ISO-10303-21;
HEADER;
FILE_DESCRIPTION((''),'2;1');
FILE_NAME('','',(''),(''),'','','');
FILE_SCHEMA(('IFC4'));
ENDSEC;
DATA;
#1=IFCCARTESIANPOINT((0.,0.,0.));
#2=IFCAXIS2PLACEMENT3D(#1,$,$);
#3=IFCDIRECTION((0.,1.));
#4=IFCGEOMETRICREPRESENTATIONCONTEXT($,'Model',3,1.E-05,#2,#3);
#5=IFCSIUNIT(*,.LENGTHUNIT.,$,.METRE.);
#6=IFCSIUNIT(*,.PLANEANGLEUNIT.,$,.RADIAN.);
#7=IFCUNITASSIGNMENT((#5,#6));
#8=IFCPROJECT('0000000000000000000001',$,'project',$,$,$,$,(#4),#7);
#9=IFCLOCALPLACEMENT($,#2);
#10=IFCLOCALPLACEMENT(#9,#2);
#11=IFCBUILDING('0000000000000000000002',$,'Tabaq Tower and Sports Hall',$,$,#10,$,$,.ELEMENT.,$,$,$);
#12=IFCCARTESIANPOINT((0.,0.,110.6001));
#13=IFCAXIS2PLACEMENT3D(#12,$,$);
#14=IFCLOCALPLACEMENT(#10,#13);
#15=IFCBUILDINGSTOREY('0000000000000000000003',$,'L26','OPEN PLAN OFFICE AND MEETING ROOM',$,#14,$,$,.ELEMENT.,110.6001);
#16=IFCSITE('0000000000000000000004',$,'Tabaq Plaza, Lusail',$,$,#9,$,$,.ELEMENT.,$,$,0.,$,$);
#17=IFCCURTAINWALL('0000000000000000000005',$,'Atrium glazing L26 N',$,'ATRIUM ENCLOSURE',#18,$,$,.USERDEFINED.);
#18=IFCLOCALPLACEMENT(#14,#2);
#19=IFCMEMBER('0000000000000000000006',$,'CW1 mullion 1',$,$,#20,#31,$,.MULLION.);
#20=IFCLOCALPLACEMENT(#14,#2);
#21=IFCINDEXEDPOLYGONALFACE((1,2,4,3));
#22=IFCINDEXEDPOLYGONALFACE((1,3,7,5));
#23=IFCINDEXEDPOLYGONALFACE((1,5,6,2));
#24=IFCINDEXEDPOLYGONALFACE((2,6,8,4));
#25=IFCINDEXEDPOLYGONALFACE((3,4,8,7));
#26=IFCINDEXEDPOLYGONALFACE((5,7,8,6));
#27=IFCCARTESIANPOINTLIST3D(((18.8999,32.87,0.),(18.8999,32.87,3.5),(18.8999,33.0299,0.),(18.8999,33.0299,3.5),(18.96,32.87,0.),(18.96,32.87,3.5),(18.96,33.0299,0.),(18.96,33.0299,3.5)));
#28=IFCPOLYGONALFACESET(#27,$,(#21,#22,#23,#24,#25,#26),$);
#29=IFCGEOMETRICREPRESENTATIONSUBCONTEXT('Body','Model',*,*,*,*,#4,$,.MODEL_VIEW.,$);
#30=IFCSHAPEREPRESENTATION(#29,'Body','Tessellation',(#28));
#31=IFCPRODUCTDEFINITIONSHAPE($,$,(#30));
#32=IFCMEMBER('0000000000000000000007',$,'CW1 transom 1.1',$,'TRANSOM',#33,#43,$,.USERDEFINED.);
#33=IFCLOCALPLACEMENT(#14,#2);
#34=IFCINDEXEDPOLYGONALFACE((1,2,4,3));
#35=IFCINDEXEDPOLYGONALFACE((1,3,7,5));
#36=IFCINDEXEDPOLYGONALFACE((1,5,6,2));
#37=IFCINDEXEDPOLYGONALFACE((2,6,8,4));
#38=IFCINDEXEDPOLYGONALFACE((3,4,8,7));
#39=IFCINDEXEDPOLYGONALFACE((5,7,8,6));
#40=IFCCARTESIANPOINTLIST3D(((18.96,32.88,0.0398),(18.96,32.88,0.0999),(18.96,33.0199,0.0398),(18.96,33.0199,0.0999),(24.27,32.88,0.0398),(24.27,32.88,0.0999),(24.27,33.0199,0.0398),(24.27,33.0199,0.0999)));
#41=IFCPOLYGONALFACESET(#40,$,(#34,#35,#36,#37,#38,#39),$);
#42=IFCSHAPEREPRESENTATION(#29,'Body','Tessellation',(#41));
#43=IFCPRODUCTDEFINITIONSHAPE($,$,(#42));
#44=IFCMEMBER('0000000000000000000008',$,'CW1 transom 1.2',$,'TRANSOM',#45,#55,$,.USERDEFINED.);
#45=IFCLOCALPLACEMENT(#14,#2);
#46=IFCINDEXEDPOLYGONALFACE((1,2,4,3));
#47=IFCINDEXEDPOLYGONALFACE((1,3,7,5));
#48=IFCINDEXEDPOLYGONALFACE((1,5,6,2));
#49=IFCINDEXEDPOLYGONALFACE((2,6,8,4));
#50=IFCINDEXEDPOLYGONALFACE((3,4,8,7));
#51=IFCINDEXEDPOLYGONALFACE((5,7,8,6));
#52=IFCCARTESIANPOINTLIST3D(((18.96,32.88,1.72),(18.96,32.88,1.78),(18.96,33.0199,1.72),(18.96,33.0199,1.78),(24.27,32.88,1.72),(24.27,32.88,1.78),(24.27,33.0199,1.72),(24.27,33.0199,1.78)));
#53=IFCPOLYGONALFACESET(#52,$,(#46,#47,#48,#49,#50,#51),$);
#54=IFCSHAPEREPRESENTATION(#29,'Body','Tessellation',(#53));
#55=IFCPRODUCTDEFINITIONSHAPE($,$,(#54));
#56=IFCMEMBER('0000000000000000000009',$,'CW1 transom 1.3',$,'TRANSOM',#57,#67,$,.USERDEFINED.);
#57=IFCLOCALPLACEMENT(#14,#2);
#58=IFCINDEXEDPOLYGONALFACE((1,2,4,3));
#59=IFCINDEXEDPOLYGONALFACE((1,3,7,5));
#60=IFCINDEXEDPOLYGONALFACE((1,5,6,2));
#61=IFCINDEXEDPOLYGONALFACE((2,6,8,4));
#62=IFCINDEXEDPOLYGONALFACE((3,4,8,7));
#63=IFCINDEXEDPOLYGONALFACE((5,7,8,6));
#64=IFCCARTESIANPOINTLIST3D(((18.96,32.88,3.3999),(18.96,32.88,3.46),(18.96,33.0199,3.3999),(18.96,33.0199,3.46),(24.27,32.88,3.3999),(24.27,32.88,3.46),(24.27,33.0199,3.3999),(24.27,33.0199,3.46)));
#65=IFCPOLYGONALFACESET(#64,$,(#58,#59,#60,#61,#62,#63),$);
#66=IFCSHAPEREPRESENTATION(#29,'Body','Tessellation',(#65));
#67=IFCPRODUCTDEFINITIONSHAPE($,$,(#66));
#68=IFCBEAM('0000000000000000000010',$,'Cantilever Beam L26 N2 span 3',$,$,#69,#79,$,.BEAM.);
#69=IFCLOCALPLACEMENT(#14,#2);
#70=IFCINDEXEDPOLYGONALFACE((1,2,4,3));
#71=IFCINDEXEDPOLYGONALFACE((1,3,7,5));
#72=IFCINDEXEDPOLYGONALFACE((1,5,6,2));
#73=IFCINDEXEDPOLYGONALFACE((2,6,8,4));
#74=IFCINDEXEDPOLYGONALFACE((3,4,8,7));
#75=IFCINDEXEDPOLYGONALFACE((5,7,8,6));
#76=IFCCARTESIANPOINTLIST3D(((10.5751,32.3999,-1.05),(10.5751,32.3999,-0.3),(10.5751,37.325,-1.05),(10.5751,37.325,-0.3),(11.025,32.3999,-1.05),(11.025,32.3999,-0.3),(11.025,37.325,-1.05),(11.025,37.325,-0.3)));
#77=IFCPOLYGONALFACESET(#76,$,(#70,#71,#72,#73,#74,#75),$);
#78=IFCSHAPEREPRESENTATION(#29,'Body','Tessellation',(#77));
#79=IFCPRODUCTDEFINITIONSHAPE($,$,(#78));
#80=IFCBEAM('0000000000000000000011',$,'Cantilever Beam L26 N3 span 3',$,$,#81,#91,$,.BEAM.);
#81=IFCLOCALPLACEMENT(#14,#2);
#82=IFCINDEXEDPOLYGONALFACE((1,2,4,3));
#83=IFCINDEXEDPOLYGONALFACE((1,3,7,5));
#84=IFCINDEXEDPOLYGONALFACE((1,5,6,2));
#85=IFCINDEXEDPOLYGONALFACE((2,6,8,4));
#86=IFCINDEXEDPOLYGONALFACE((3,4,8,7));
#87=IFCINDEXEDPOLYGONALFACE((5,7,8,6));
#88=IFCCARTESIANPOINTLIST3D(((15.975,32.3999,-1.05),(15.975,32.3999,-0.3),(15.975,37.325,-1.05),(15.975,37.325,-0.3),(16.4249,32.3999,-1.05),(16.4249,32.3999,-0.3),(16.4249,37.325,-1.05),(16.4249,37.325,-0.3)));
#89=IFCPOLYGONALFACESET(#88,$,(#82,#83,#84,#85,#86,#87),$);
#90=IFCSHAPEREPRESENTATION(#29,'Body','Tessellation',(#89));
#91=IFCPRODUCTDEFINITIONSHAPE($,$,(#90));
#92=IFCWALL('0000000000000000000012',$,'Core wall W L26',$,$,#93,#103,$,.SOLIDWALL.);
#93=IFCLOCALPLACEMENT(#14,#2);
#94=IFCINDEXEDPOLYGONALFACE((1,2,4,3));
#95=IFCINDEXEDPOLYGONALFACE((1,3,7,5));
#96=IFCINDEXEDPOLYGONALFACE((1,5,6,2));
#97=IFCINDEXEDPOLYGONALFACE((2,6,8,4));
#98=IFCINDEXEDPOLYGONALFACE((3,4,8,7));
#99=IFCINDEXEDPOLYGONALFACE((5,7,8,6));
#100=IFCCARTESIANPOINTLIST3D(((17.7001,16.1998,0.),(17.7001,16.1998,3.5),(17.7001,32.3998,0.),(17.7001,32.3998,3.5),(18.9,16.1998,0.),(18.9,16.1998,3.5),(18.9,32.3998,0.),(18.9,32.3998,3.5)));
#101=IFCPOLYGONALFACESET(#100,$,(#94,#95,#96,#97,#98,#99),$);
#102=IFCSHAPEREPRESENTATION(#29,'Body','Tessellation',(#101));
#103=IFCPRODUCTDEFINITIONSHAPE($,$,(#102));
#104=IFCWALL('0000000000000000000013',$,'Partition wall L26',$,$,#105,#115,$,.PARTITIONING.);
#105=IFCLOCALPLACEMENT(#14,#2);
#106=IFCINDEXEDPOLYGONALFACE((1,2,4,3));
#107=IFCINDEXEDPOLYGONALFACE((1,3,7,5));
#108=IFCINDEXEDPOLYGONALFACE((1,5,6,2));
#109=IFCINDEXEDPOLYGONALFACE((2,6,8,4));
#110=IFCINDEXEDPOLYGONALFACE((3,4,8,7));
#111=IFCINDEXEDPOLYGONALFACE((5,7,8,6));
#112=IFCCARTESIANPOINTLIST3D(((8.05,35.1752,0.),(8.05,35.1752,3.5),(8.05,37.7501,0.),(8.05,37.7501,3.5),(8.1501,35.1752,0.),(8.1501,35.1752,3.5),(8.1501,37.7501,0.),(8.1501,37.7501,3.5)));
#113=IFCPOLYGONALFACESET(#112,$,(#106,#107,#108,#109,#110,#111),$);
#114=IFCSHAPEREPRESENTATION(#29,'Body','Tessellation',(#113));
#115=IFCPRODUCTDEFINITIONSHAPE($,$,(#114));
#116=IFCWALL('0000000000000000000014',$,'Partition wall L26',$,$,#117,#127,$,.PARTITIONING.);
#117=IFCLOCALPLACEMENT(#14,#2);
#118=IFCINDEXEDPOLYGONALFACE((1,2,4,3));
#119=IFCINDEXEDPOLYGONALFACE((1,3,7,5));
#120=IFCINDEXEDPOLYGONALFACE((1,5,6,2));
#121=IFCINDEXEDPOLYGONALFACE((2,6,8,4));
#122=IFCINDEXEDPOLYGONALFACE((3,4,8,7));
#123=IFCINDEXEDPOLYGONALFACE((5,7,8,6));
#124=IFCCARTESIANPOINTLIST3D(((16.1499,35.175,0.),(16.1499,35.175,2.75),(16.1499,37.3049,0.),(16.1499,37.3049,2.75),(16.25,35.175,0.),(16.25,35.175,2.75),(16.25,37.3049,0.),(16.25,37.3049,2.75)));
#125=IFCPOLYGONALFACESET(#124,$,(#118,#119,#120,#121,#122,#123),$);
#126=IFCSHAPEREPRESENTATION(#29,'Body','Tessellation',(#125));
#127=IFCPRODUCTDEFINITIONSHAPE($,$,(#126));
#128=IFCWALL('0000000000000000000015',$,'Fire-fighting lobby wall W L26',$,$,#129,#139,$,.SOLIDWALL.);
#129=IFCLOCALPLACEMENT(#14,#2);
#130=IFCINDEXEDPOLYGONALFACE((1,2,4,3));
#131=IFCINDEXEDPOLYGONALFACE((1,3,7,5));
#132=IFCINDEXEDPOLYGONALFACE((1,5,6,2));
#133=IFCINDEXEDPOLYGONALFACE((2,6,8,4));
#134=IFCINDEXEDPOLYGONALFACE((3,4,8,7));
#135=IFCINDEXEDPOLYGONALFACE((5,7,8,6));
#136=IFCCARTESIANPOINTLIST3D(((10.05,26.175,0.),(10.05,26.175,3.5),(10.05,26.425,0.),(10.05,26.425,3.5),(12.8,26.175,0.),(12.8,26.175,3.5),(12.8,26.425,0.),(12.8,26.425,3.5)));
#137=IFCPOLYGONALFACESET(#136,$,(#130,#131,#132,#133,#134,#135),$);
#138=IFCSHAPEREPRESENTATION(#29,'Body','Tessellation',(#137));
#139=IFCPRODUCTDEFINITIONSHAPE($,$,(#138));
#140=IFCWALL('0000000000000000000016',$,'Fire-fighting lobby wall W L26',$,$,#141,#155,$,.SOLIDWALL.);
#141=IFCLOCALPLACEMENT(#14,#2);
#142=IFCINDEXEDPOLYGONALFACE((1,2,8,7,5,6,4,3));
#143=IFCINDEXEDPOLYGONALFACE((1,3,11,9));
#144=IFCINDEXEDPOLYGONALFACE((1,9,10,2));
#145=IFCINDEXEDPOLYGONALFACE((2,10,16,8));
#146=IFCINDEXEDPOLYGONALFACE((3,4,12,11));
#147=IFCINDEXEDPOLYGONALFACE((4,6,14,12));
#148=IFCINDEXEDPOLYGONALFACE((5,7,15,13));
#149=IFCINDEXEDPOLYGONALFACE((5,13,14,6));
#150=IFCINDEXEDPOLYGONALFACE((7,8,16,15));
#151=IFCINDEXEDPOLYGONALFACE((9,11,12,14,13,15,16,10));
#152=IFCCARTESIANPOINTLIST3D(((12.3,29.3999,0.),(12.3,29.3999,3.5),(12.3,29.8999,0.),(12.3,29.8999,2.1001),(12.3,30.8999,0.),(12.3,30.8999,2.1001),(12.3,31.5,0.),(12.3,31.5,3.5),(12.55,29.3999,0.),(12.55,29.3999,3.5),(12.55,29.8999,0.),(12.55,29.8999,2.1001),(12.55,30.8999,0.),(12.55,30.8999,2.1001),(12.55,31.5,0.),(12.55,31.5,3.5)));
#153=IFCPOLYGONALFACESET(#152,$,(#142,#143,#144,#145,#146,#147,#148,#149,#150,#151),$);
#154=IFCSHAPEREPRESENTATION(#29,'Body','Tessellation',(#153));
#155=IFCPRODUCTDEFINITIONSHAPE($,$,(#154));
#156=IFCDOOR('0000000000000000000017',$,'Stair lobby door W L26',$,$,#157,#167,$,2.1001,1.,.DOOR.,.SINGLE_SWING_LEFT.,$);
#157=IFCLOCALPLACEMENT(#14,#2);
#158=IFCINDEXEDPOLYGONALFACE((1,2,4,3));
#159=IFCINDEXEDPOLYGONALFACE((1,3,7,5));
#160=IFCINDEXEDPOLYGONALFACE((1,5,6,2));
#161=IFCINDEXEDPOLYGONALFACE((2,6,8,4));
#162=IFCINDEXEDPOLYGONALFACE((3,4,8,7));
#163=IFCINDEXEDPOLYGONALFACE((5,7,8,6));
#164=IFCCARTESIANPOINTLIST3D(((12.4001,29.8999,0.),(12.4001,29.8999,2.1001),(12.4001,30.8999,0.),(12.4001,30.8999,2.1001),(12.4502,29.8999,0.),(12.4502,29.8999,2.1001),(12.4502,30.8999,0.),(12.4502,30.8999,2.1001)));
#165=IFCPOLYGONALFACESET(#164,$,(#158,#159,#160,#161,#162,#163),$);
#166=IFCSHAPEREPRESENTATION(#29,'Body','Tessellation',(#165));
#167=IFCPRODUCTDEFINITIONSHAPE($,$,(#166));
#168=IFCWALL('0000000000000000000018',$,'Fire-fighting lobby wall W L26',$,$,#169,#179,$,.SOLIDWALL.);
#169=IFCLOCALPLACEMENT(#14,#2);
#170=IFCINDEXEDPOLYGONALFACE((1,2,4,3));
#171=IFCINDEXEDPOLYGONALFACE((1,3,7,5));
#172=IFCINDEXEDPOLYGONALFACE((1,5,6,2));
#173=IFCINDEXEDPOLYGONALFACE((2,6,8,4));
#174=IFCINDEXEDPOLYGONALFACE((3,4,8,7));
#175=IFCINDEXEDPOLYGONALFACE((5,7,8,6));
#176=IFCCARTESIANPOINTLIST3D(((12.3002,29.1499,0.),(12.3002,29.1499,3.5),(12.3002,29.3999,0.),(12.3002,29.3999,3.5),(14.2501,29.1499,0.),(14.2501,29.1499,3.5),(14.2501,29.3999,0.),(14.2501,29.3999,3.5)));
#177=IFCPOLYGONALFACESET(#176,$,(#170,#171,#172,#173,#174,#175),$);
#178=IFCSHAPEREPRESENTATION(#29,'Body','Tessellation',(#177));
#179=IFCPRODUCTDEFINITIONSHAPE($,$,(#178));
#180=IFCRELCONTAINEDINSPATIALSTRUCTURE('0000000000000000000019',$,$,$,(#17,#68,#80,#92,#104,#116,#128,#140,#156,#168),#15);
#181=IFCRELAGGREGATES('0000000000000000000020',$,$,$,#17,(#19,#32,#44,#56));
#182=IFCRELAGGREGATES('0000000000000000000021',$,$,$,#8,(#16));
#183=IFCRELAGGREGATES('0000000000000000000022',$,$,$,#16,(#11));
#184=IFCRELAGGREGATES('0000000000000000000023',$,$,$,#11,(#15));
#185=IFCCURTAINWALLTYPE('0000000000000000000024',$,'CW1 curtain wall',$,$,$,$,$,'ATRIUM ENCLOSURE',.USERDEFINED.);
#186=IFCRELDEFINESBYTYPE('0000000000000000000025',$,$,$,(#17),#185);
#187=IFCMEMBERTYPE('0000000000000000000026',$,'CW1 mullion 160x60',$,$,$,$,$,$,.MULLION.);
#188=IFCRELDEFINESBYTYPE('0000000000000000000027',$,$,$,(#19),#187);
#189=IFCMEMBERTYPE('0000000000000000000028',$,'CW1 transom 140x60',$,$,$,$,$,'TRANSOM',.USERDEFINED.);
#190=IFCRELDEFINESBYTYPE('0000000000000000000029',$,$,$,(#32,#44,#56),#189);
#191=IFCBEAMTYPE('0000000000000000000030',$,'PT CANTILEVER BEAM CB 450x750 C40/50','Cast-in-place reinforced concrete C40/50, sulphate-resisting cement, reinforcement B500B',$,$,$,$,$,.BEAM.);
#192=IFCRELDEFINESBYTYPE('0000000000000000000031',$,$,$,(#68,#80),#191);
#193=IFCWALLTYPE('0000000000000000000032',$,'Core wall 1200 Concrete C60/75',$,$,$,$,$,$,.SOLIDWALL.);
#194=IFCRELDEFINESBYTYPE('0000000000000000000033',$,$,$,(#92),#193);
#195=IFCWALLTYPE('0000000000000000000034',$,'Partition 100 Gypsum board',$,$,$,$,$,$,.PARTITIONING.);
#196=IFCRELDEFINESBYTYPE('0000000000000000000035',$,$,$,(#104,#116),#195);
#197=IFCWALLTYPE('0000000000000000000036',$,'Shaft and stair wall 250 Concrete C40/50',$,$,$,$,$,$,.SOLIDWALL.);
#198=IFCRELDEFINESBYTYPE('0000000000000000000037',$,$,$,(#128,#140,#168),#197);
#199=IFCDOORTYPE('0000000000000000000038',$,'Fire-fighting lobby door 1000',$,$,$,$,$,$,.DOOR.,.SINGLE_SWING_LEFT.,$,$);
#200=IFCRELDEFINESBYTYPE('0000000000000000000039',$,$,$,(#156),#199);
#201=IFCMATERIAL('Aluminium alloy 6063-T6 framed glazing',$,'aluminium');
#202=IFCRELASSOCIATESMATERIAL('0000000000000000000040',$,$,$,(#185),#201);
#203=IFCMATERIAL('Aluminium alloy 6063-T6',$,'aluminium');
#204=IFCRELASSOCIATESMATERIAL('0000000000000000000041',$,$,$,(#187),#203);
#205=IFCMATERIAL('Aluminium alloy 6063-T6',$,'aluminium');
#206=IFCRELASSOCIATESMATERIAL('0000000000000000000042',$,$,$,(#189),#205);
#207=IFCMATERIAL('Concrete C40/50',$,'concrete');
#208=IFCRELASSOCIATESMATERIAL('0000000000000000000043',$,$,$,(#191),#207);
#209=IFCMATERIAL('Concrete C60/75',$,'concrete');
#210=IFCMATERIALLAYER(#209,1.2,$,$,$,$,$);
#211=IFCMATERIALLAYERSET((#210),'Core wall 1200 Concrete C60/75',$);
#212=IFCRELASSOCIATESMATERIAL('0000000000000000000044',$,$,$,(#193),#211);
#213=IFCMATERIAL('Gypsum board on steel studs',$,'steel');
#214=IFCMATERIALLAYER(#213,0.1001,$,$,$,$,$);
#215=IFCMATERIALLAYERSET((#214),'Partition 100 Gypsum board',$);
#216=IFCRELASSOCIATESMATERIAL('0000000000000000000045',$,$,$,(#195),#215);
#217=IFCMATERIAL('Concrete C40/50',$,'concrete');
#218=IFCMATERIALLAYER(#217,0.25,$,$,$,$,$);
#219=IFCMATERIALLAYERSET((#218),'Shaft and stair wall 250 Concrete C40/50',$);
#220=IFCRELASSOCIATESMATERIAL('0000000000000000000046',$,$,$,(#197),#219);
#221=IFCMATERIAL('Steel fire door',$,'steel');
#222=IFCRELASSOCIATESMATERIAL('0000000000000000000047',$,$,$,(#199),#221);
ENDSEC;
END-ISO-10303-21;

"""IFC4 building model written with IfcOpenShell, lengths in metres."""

from ifc_helpers import new_model, si_unit, direction, frame, frame_2d, origin, origin_2d, place, context, subcontext, project, spatial, rectangle, extrude, material, layer, layer_set, material_profile, profile_set, type_object, element, fill, aggregate, save


model = new_model("IFC4")

# Units and contexts
model_context = context("Model", 3, precision=1e-05, world=origin(), true_north=direction((0.0, 1.0)))
body_context = subcontext(model_context, "Body", "Model", "MODEL_VIEW")
ifc_project = project(units=[si_unit("LENGTHUNIT", "METRE"), si_unit("PLANEANGLEUNIT", "RADIAN")], contexts=[model_context])

# Site, building, storey
site_placement = place(None, origin())
site = spatial("IfcSite", under=ifc_project, at=site_placement, Name="Tabaq Plaza, Lusail", CompositionType="ELEMENT", RefElevation=0.0)
building_placement = place(site_placement, origin())
building = spatial("IfcBuilding", under=site, at=building_placement, Name="Tabaq Tower and Sports Hall", CompositionType="ELEMENT")
storey_placement = place(building_placement, frame((0.0, 0.0, 110.6001)))
storey = spatial("IfcBuildingStorey", under=building, at=storey_placement, Name="L26", Description="OPEN PLAN OFFICE AND MEETING ROOM", CompositionType="ELEMENT", Elevation=110.6001)

# Curtain wall, members
ifc_material_1 = material(Name="Aluminium alloy 6063-T6 framed glazing", Category="aluminium")
curtain_wall_type = type_object("IfcCurtainWallType", Name="CW1 curtain wall", ElementType="ATRIUM ENCLOSURE", PredefinedType="USERDEFINED", material=ifc_material_1)
curtain_wall_placement = place(storey_placement, origin())
curtain_wall = element("IfcCurtainWall", 1, at=curtain_wall_placement, inside=storey, type_object=curtain_wall_type, Name="Atrium glazing L26 N", ObjectType="ATRIUM ENCLOSURE", PredefinedType="USERDEFINED")
ifc_material_2 = material(Name="Aluminium alloy 6063-T6", Category="aluminium")
ifc_material_profile_1 = material_profile(ifc_material_2, rectangle(XDim=0.1599, YDim=0.0601, at=origin_2d()), Name="MULLION 160x60")
ifc_profile_set_1 = profile_set([ifc_material_profile_1], Name="Aluminium alloy 6063-T6")
member_type_1 = type_object("IfcMemberType", Name="CW1 mullion 160x60", PredefinedType="MULLION", material=ifc_profile_set_1)
member_1_placement = place(storey_placement, frame((18.9299, 32.95, 0.0), z_axis=(0.0, 0.0, 1.0), x_axis=(0.0, 1.0, 0.0)))
member_1 = element("IfcMember", 2, at=member_1_placement, type_object=member_type_1, Name="CW1 mullion 1", PredefinedType="MULLION", context=body_context, shape_type="SweptSolid", body=[
    extrude(rectangle(XDim=0.1599, YDim=0.0601, at=origin_2d()), origin(), (0.0, 0.0, 1.0), 3.5),
])
ifc_material_3 = material(Name="Aluminium alloy 6063-T6", Category="aluminium")
ifc_material_profile_2 = material_profile(ifc_material_3, rectangle(XDim=0.1399, YDim=0.0601, at=origin_2d()), Name="TRANSOM 140x60")
ifc_profile_set_2 = profile_set([ifc_material_profile_2], Name="Aluminium alloy 6063-T6")
member_type_2 = type_object("IfcMemberType", Name="CW1 transom 140x60", ElementType="TRANSOM", PredefinedType="USERDEFINED", material=ifc_profile_set_2)
member_2_placement = place(storey_placement, frame((18.96, 32.95, 0.0698), z_axis=(1.0, 0.0, 0.0), x_axis=(0.0, 1.0, 0.0)))
member_2 = element("IfcMember", 3, at=member_2_placement, type_object=member_type_2, Name="CW1 transom 1.1", ObjectType="TRANSOM", PredefinedType="USERDEFINED", context=body_context, shape_type="SweptSolid", body=[
    extrude(rectangle(XDim=0.1399, YDim=0.0601, at=origin_2d()), origin(), (0.0, 0.0, 1.0), 5.3101),
])
member_3_placement = place(storey_placement, frame((18.96, 32.95, 1.75), z_axis=(1.0, 0.0, 0.0), x_axis=(0.0, 1.0, 0.0)))
member_3 = element("IfcMember", 4, at=member_3_placement, type_object=member_type_2, Name="CW1 transom 1.2", ObjectType="TRANSOM", PredefinedType="USERDEFINED", context=body_context, shape_type="SweptSolid", body=[
    extrude(rectangle(XDim=0.1399, YDim=0.0601, at=origin_2d()), origin(), (0.0, 0.0, 1.0), 5.3101),
])
member_4_placement = place(storey_placement, frame((18.96, 32.95, 3.4299), z_axis=(1.0, 0.0, 0.0), x_axis=(0.0, 1.0, 0.0)))
member_4 = element("IfcMember", 5, at=member_4_placement, type_object=member_type_2, Name="CW1 transom 1.3", ObjectType="TRANSOM", PredefinedType="USERDEFINED", context=body_context, shape_type="SweptSolid", body=[
    extrude(rectangle(XDim=0.1399, YDim=0.0601, at=origin_2d()), origin(), (0.0, 0.0, 1.0), 5.3101),
])
aggregate(curtain_wall, [member_1, member_2, member_3, member_4])

# Beams
ifc_material_4 = material(Name="Concrete C40/50", Category="concrete")
ifc_material_profile_3 = material_profile(ifc_material_4, rectangle(XDim=0.45, YDim=0.75, at=origin_2d()), Name="CB 450x750")
ifc_profile_set_3 = profile_set([ifc_material_profile_3], Name="Concrete C40/50")
beam_type = type_object("IfcBeamType", Name="PT CANTILEVER BEAM CB 450x750 C40/50", Description="Cast-in-place reinforced concrete C40/50, sulphate-resisting cement, reinforcement B500B", PredefinedType="BEAM", material=ifc_profile_set_3)
for number, where, z_axis, x_axis, name in (
    (6, (10.8, 37.325, -0.675), (0.0, -1.0, 0.0), (1.0, 0.0, 0.0), "Cantilever Beam L26 N2 span 3"),
    (7, (16.2, 37.325, -0.675), (0.0, -1.0, 0.0), (1.0, 0.0, 0.0), "Cantilever Beam L26 N3 span 3"),
):
    element("IfcBeam", number, at=place(storey_placement, frame(where, z_axis=z_axis, x_axis=x_axis)), inside=storey, type_object=beam_type, Name=name, PredefinedType="BEAM", context=body_context, shape_type="SweptSolid", body=[
        extrude(rectangle(XDim=0.45, YDim=0.75, at=origin_2d()), origin(), (0.0, 0.0, 1.0), 4.925),
    ])

# Wall
ifc_material_5 = material(Name="Concrete C60/75", Category="concrete")
ifc_layer_1 = layer(ifc_material_5, 1.2)
ifc_layer_set_1 = layer_set([ifc_layer_1], Name="Core wall 1200 Concrete C60/75")
wall_type_1 = type_object("IfcWallType", Name="Core wall 1200 Concrete C60/75", PredefinedType="SOLIDWALL", material=ifc_layer_set_1)
wall_1_placement = place(storey_placement, frame((18.3, 32.3999, 0.0), z_axis=(0.0, 0.0, 1.0), x_axis=(0.0, -1.0, 0.0)))
element("IfcWall", 8, at=wall_1_placement, inside=storey, type_object=wall_type_1, Name="Core wall W L26", PredefinedType="SOLIDWALL", context=body_context, shape_type="SweptSolid", body=[
    extrude(rectangle(XDim=16.2, YDim=1.2, at=frame_2d((8.1001, 0.0))), origin(), (0.0, 0.0, 1.0), 3.5),
])

# Walls
ifc_material_6 = material(Name="Gypsum board on steel studs", Category="steel")
ifc_layer_2 = layer(ifc_material_6, 0.1001)
ifc_layer_set_2 = layer_set([ifc_layer_2], Name="Partition 100 Gypsum board")
wall_type_2 = type_object("IfcWallType", Name="Partition 100 Gypsum board", PredefinedType="PARTITIONING", material=ifc_layer_set_2)
wall_2_placement = place(storey_placement, frame((8.1001, 35.175, 0.0), z_axis=(0.0, 0.0, 1.0), x_axis=(0.0, 1.0, 0.0)))
element("IfcWall", 9, at=wall_2_placement, inside=storey, type_object=wall_type_2, Name="Partition wall L26", PredefinedType="PARTITIONING", context=body_context, shape_type="SweptSolid", body=[
    extrude(rectangle(XDim=2.575, YDim=0.1001, at=frame_2d((1.2876, 0.0))), origin(), (0.0, 0.0, 1.0), 3.5),
])
wall_3_placement = place(storey_placement, frame((16.2, 35.175, 0.0), z_axis=(0.0, 0.0, 1.0), x_axis=(0.0, 1.0, 0.0)))
element("IfcWall", 10, at=wall_3_placement, inside=storey, type_object=wall_type_2, Name="Partition wall L26", PredefinedType="PARTITIONING", context=body_context, shape_type="SweptSolid", body=[
    extrude(rectangle(XDim=2.1299, YDim=0.1001, at=frame_2d((1.0649, 0.0))), origin(), (0.0, 0.0, 1.0), 2.75),
])
ifc_material_7 = material(Name="Concrete C40/50", Category="concrete")
ifc_layer_3 = layer(ifc_material_7, 0.25)
ifc_layer_set_3 = layer_set([ifc_layer_3], Name="Shaft and stair wall 250 Concrete C40/50")
wall_type_3 = type_object("IfcWallType", Name="Shaft and stair wall 250 Concrete C40/50", PredefinedType="SOLIDWALL", material=ifc_layer_set_3)
wall_4_placement = place(storey_placement, frame((10.05, 26.3, 0.0), z_axis=(0.0, 0.0, 1.0), x_axis=(1.0, 0.0, 0.0)))
element("IfcWall", 11, at=wall_4_placement, inside=storey, type_object=wall_type_3, Name="Fire-fighting lobby wall W L26", PredefinedType="SOLIDWALL", context=body_context, shape_type="SweptSolid", body=[
    extrude(rectangle(XDim=2.75, YDim=0.25, at=frame_2d((1.375, 0.0))), origin(), (0.0, 0.0, 1.0), 3.5),
])

# Wall, opening, door
wall_5_placement = place(storey_placement, frame((12.425, 29.3999, 0.0), z_axis=(0.0, 0.0, 1.0), x_axis=(0.0, 1.0, 0.0)))
wall_5 = element("IfcWall", 12, at=wall_5_placement, inside=storey, type_object=wall_type_3, Name="Fire-fighting lobby wall W L26", PredefinedType="SOLIDWALL", context=body_context, shape_type="SweptSolid", body=[
    extrude(rectangle(XDim=2.1001, YDim=0.25, at=frame_2d((1.05, 0.0))), origin(), (0.0, 0.0, 1.0), 3.5),
])
opening_1_placement = place(wall_5_placement, frame((0.5, 0.0, 0.0)))
opening_1 = element("IfcOpeningElement", 13, at=opening_1_placement, cuts=wall_5, PredefinedType="OPENING", context=body_context, shape_type="SweptSolid", body=[
    extrude(rectangle(XDim=1.0, YDim=2.1001, at=frame_2d((0.5, 1.05))), frame((0.0, 0.125, 0.0), z_axis=(0.0, -1.0, 0.0), x_axis=(1.0, 0.0, 0.0)), (0.0, 0.0, 1.0), 0.25),
])
ifc_material_8 = material(Name="Steel fire door", Category="steel")
door_type_1 = type_object("IfcDoorType", Name="Fire-fighting lobby door 1000", OperationType="SINGLE_SWING_LEFT", PredefinedType="DOOR", material=ifc_material_8)
door_1_placement = place(opening_1_placement, origin())
door_1 = element("IfcDoor", 14, at=door_1_placement, inside=storey, type_object=door_type_1, Name="Stair lobby door W L26", OperationType="SINGLE_SWING_LEFT", OverallHeight=2.1001, OverallWidth=1.0, PredefinedType="DOOR", context=body_context, shape_type="SweptSolid", body=[
    extrude(rectangle(XDim=1.0, YDim=2.1001, at=frame_2d((0.5, 1.05))), frame((0.0, 0.0249, 0.0), z_axis=(0.0, -1.0, 0.0), x_axis=(1.0, 0.0, 0.0)), (0.0, 0.0, 1.0), 0.05),
])
fill(opening_1, door_1)

# Wall
wall_6_placement = place(storey_placement, frame((12.3, 29.2749, 0.0), z_axis=(0.0, 0.0, 1.0), x_axis=(1.0, 0.0, 0.0)))
element("IfcWall", 15, at=wall_6_placement, inside=storey, type_object=wall_type_3, Name="Fire-fighting lobby wall W L26", PredefinedType="SOLIDWALL", context=body_context, shape_type="SweptSolid", body=[
    extrude(rectangle(XDim=1.95, YDim=0.25, at=frame_2d((0.9751, 0.0))), origin(), (0.0, 0.0, 1.0), 3.5),
])

save(model, "model.ifc")
